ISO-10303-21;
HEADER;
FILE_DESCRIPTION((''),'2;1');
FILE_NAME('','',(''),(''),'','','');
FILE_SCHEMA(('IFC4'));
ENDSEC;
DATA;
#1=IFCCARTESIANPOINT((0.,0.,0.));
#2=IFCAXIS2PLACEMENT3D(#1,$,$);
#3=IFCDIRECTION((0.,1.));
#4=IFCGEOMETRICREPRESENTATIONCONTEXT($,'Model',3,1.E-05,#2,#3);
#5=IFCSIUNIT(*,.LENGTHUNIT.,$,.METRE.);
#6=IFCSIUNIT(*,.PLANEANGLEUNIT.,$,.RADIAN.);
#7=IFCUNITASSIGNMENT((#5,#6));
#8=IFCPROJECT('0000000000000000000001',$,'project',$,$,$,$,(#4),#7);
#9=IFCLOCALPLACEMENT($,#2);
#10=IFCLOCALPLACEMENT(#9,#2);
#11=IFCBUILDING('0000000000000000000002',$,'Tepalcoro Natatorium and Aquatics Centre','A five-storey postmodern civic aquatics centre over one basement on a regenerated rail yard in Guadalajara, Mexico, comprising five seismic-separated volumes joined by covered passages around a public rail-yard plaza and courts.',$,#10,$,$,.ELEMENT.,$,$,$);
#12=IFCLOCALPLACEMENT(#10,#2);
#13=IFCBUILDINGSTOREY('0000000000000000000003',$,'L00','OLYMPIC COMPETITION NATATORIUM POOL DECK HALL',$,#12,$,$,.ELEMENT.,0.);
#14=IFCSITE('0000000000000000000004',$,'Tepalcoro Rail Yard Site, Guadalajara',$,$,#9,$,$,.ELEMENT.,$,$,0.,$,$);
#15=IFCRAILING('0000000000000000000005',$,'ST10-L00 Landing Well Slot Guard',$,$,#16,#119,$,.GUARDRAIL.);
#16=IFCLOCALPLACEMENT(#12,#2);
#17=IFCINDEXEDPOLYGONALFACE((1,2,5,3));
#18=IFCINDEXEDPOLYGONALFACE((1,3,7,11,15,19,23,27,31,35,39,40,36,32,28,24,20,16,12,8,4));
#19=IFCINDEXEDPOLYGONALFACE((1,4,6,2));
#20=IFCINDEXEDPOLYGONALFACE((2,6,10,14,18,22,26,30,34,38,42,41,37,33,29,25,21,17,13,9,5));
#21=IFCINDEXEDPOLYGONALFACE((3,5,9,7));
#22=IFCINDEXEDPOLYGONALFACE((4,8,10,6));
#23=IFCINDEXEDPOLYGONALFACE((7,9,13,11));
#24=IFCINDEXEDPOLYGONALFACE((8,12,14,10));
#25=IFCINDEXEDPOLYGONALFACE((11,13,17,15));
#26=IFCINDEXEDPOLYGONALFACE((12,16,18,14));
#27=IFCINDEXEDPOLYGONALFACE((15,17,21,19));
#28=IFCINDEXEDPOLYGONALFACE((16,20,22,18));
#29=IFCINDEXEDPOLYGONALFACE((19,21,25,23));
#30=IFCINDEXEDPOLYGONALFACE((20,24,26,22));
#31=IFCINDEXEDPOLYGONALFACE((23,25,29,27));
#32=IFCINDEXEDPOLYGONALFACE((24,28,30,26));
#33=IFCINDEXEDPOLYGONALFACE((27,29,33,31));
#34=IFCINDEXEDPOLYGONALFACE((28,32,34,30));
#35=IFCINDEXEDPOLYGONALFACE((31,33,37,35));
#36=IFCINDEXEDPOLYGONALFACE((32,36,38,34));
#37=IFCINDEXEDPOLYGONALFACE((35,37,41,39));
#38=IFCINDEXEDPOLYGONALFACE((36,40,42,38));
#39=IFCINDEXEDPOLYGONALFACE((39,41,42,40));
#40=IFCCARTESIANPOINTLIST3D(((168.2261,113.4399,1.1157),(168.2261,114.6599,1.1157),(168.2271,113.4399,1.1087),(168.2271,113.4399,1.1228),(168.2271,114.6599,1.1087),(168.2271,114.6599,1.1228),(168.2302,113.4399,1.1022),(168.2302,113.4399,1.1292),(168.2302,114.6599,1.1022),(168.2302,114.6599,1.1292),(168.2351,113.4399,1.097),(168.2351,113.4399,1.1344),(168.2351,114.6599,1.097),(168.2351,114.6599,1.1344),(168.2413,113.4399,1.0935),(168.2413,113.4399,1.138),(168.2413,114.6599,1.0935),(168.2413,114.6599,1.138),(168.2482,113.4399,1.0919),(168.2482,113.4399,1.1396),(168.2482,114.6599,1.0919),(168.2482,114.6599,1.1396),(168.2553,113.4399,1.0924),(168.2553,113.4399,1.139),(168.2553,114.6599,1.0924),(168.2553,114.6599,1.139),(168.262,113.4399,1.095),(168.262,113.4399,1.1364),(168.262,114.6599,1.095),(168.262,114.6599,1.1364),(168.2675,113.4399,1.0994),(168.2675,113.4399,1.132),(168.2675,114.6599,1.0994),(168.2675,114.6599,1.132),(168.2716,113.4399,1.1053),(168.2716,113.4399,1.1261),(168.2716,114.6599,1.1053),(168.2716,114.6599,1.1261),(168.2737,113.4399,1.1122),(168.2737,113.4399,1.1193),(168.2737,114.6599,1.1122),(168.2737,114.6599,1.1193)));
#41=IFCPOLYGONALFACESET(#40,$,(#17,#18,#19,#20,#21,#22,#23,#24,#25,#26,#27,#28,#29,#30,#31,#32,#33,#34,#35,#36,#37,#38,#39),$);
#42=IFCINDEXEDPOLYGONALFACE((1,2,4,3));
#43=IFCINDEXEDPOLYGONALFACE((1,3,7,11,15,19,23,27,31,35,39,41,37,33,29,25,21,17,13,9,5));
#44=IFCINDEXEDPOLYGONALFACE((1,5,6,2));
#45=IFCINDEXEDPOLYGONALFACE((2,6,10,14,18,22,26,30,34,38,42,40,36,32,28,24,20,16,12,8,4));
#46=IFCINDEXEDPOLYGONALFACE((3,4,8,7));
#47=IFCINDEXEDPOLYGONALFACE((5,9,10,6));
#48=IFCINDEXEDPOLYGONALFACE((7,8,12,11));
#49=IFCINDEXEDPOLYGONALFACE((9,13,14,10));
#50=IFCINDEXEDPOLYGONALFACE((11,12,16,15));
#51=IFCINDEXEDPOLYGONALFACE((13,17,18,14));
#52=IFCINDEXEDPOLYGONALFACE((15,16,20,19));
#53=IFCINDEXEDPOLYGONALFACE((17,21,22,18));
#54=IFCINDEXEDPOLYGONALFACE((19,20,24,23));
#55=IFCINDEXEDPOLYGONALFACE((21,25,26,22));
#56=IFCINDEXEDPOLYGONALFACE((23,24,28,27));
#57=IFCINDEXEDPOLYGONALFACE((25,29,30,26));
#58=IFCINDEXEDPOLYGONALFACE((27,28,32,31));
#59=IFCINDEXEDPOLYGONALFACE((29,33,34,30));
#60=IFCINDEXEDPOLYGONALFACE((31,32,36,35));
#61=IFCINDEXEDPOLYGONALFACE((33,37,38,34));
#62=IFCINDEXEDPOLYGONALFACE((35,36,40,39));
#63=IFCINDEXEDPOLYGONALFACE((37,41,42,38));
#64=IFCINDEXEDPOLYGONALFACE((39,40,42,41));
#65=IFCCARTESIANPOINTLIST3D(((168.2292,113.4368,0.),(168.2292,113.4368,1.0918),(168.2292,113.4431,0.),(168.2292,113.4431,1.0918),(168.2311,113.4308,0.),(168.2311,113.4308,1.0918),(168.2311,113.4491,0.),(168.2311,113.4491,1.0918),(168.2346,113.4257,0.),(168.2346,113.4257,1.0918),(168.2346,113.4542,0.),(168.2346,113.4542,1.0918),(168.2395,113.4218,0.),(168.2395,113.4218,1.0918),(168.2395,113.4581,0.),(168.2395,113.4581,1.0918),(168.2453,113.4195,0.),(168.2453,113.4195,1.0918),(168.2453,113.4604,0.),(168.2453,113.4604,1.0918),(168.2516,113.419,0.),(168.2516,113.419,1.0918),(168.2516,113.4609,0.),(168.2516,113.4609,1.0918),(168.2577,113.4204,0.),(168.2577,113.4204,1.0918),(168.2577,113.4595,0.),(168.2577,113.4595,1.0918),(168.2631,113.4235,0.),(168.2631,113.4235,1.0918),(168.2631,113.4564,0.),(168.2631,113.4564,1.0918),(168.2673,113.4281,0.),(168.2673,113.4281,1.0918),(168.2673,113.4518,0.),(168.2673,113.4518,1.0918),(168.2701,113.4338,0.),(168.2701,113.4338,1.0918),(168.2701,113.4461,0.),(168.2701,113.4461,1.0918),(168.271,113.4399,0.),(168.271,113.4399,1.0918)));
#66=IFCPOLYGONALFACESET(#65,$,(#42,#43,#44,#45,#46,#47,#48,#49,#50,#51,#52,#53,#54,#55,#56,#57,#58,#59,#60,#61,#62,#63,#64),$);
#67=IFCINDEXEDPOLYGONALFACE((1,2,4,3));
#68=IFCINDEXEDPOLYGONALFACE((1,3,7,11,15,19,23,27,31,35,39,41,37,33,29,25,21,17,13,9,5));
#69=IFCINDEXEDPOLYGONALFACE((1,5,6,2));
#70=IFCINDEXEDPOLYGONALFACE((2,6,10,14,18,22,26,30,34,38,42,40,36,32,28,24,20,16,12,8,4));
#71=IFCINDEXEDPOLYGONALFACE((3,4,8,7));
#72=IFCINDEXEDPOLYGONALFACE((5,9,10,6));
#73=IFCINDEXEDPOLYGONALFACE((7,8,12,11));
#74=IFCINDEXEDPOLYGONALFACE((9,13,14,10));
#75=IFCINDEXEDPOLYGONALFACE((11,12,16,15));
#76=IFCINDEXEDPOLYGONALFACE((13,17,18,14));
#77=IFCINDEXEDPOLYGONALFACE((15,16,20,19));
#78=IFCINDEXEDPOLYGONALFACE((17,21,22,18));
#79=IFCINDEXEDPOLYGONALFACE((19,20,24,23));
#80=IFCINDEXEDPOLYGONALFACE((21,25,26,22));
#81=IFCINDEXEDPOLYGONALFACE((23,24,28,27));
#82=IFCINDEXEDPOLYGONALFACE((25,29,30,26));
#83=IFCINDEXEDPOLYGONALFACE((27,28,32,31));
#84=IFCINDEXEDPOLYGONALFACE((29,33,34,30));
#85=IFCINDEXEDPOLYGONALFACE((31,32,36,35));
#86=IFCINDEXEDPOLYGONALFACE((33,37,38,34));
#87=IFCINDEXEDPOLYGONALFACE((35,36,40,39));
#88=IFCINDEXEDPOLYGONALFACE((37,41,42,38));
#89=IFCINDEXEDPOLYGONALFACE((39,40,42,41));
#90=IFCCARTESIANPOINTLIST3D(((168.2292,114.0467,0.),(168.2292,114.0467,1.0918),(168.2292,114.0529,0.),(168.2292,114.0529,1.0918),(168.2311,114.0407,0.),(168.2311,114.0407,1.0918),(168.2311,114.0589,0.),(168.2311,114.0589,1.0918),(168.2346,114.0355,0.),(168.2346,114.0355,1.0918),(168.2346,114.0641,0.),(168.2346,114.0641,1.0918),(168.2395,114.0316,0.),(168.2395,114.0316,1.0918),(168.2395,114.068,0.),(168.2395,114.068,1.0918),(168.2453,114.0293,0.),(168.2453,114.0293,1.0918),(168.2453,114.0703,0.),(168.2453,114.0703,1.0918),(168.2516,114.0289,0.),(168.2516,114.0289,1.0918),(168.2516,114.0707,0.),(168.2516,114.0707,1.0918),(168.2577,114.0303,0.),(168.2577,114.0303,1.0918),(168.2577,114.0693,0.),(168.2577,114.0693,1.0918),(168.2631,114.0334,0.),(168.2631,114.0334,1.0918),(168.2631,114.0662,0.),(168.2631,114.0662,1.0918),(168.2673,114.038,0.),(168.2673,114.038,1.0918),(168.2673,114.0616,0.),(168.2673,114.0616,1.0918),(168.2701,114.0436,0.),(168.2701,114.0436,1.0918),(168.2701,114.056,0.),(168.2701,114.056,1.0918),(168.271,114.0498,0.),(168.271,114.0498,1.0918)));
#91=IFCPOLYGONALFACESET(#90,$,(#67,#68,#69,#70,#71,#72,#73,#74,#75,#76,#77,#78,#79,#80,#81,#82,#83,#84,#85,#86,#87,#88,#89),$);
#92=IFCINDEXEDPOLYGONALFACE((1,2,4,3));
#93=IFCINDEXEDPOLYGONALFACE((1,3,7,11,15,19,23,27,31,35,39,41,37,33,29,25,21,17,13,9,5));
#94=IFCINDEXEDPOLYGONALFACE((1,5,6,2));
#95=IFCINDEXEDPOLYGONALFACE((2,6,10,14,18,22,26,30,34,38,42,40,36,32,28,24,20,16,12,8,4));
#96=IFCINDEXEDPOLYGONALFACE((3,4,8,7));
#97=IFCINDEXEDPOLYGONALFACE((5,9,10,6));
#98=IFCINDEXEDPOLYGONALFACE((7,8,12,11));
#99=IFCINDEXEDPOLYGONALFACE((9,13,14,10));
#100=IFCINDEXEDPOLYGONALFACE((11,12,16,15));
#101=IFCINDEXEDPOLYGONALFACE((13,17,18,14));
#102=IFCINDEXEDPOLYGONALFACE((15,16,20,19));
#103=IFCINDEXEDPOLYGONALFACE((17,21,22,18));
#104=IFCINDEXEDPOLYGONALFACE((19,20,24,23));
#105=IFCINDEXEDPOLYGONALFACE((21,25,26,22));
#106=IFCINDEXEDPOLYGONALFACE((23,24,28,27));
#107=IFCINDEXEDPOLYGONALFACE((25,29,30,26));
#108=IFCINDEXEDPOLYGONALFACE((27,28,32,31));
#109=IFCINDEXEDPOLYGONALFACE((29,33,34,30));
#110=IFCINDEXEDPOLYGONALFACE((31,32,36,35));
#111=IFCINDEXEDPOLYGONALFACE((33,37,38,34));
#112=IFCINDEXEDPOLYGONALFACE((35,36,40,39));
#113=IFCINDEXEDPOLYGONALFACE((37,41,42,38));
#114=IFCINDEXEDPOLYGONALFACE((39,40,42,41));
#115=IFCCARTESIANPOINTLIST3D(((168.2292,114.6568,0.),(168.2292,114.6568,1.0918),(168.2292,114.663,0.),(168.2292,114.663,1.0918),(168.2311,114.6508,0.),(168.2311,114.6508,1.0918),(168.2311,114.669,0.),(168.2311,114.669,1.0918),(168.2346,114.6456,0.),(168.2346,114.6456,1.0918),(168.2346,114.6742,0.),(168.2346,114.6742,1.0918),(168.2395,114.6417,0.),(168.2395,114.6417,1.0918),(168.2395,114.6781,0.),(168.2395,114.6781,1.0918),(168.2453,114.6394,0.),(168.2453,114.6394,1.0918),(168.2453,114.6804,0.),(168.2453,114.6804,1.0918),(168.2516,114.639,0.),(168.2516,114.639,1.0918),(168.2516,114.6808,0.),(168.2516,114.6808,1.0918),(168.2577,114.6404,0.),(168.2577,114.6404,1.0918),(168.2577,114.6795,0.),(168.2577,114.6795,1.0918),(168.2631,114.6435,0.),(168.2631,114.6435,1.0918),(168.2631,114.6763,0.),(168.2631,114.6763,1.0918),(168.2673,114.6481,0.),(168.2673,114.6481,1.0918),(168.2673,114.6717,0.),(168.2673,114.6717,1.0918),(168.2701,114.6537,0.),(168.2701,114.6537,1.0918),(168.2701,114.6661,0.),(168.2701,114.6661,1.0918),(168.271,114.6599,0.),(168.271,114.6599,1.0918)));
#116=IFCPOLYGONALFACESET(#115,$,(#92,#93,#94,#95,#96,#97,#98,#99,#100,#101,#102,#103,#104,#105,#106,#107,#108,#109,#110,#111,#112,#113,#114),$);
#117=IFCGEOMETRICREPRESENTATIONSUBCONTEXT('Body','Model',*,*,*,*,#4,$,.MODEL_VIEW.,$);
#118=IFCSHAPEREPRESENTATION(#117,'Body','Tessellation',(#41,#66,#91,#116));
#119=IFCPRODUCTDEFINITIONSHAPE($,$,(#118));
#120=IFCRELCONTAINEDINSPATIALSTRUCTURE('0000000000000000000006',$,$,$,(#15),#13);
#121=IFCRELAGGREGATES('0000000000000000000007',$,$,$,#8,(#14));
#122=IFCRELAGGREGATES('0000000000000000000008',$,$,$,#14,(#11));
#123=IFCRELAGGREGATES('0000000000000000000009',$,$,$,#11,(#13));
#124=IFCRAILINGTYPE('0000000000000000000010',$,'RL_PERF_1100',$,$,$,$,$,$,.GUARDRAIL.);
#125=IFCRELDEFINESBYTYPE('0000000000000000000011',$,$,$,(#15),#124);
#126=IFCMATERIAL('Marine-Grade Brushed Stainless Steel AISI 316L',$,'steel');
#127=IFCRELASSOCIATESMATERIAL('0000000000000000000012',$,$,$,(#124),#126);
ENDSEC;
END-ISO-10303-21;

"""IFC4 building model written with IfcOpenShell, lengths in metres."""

from ifc_helpers import new_model, si_unit, direction, frame, origin, origin_2d, place, context, subcontext, project, spatial, circle, extrude, material, type_object, element, save


model = new_model("IFC4")

# Units and contexts
model_context = context("Model", 3, precision=1e-05, world=origin(), true_north=direction((0.0, 1.0)))
body_context = subcontext(model_context, "Body", "Model", "MODEL_VIEW")
ifc_project = project(units=[si_unit("LENGTHUNIT", "METRE"), si_unit("PLANEANGLEUNIT", "RADIAN")], contexts=[model_context])

# Site, building, storey
site_placement = place(None, origin())
site = spatial("IfcSite", under=ifc_project, at=site_placement, Name="Tepalcoro Rail Yard Site, Guadalajara", CompositionType="ELEMENT", RefElevation=0.0)
building_placement = place(site_placement, origin())
building = spatial("IfcBuilding", under=site, at=building_placement, Name="Tepalcoro Natatorium and Aquatics Centre", Description="A five-storey postmodern civic aquatics centre over one basement on a regenerated rail yard in Guadalajara, Mexico, comprising five seismic-separated volumes joined by covered passages around a public rail-yard plaza and courts.", CompositionType="ELEMENT")
storey_placement = place(building_placement, origin())
storey = spatial("IfcBuildingStorey", under=building, at=storey_placement, Name="L00", Description="OLYMPIC COMPETITION NATATORIUM POOL DECK HALL", CompositionType="ELEMENT", Elevation=0.0)

# Railing
ifc_material_1 = material(Name="Marine-Grade Brushed Stainless Steel AISI 316L", Category="steel")
railing_type_1 = type_object("IfcRailingType", Name="RL_PERF_1100", PredefinedType="GUARDRAIL", material=ifc_material_1)
railing_1_placement = place(storey_placement, frame((168.25, 113.4399, 0.0)))
element("IfcRailing", 1, at=railing_1_placement, inside=storey, type_object=railing_type_1, Name="ST10-L00 Landing Well Slot Guard", PredefinedType="GUARDRAIL", context=body_context, shape_type="SweptSolid", body=[
    extrude(circle(Radius=0.0239, at=origin_2d()), frame((0.0, 0.0, 1.1157), z_axis=(0.0, 1.0, 0.0), x_axis=(-1.0, 0.0, 0.0)), (0.0, 0.0, 1.0), 1.22),
    extrude(circle(Radius=0.021, at=origin_2d()), origin(), (0.0, 0.0, 1.0), 1.0918),
    extrude(circle(Radius=0.021, at=origin_2d()), frame((0.0, 0.6099, 0.0)), (0.0, 0.0, 1.0), 1.0918),
    extrude(circle(Radius=0.021, at=origin_2d()), frame((0.0, 1.22, 0.0)), (0.0, 0.0, 1.0), 1.0918),
])

save(model, "model.ifc")
